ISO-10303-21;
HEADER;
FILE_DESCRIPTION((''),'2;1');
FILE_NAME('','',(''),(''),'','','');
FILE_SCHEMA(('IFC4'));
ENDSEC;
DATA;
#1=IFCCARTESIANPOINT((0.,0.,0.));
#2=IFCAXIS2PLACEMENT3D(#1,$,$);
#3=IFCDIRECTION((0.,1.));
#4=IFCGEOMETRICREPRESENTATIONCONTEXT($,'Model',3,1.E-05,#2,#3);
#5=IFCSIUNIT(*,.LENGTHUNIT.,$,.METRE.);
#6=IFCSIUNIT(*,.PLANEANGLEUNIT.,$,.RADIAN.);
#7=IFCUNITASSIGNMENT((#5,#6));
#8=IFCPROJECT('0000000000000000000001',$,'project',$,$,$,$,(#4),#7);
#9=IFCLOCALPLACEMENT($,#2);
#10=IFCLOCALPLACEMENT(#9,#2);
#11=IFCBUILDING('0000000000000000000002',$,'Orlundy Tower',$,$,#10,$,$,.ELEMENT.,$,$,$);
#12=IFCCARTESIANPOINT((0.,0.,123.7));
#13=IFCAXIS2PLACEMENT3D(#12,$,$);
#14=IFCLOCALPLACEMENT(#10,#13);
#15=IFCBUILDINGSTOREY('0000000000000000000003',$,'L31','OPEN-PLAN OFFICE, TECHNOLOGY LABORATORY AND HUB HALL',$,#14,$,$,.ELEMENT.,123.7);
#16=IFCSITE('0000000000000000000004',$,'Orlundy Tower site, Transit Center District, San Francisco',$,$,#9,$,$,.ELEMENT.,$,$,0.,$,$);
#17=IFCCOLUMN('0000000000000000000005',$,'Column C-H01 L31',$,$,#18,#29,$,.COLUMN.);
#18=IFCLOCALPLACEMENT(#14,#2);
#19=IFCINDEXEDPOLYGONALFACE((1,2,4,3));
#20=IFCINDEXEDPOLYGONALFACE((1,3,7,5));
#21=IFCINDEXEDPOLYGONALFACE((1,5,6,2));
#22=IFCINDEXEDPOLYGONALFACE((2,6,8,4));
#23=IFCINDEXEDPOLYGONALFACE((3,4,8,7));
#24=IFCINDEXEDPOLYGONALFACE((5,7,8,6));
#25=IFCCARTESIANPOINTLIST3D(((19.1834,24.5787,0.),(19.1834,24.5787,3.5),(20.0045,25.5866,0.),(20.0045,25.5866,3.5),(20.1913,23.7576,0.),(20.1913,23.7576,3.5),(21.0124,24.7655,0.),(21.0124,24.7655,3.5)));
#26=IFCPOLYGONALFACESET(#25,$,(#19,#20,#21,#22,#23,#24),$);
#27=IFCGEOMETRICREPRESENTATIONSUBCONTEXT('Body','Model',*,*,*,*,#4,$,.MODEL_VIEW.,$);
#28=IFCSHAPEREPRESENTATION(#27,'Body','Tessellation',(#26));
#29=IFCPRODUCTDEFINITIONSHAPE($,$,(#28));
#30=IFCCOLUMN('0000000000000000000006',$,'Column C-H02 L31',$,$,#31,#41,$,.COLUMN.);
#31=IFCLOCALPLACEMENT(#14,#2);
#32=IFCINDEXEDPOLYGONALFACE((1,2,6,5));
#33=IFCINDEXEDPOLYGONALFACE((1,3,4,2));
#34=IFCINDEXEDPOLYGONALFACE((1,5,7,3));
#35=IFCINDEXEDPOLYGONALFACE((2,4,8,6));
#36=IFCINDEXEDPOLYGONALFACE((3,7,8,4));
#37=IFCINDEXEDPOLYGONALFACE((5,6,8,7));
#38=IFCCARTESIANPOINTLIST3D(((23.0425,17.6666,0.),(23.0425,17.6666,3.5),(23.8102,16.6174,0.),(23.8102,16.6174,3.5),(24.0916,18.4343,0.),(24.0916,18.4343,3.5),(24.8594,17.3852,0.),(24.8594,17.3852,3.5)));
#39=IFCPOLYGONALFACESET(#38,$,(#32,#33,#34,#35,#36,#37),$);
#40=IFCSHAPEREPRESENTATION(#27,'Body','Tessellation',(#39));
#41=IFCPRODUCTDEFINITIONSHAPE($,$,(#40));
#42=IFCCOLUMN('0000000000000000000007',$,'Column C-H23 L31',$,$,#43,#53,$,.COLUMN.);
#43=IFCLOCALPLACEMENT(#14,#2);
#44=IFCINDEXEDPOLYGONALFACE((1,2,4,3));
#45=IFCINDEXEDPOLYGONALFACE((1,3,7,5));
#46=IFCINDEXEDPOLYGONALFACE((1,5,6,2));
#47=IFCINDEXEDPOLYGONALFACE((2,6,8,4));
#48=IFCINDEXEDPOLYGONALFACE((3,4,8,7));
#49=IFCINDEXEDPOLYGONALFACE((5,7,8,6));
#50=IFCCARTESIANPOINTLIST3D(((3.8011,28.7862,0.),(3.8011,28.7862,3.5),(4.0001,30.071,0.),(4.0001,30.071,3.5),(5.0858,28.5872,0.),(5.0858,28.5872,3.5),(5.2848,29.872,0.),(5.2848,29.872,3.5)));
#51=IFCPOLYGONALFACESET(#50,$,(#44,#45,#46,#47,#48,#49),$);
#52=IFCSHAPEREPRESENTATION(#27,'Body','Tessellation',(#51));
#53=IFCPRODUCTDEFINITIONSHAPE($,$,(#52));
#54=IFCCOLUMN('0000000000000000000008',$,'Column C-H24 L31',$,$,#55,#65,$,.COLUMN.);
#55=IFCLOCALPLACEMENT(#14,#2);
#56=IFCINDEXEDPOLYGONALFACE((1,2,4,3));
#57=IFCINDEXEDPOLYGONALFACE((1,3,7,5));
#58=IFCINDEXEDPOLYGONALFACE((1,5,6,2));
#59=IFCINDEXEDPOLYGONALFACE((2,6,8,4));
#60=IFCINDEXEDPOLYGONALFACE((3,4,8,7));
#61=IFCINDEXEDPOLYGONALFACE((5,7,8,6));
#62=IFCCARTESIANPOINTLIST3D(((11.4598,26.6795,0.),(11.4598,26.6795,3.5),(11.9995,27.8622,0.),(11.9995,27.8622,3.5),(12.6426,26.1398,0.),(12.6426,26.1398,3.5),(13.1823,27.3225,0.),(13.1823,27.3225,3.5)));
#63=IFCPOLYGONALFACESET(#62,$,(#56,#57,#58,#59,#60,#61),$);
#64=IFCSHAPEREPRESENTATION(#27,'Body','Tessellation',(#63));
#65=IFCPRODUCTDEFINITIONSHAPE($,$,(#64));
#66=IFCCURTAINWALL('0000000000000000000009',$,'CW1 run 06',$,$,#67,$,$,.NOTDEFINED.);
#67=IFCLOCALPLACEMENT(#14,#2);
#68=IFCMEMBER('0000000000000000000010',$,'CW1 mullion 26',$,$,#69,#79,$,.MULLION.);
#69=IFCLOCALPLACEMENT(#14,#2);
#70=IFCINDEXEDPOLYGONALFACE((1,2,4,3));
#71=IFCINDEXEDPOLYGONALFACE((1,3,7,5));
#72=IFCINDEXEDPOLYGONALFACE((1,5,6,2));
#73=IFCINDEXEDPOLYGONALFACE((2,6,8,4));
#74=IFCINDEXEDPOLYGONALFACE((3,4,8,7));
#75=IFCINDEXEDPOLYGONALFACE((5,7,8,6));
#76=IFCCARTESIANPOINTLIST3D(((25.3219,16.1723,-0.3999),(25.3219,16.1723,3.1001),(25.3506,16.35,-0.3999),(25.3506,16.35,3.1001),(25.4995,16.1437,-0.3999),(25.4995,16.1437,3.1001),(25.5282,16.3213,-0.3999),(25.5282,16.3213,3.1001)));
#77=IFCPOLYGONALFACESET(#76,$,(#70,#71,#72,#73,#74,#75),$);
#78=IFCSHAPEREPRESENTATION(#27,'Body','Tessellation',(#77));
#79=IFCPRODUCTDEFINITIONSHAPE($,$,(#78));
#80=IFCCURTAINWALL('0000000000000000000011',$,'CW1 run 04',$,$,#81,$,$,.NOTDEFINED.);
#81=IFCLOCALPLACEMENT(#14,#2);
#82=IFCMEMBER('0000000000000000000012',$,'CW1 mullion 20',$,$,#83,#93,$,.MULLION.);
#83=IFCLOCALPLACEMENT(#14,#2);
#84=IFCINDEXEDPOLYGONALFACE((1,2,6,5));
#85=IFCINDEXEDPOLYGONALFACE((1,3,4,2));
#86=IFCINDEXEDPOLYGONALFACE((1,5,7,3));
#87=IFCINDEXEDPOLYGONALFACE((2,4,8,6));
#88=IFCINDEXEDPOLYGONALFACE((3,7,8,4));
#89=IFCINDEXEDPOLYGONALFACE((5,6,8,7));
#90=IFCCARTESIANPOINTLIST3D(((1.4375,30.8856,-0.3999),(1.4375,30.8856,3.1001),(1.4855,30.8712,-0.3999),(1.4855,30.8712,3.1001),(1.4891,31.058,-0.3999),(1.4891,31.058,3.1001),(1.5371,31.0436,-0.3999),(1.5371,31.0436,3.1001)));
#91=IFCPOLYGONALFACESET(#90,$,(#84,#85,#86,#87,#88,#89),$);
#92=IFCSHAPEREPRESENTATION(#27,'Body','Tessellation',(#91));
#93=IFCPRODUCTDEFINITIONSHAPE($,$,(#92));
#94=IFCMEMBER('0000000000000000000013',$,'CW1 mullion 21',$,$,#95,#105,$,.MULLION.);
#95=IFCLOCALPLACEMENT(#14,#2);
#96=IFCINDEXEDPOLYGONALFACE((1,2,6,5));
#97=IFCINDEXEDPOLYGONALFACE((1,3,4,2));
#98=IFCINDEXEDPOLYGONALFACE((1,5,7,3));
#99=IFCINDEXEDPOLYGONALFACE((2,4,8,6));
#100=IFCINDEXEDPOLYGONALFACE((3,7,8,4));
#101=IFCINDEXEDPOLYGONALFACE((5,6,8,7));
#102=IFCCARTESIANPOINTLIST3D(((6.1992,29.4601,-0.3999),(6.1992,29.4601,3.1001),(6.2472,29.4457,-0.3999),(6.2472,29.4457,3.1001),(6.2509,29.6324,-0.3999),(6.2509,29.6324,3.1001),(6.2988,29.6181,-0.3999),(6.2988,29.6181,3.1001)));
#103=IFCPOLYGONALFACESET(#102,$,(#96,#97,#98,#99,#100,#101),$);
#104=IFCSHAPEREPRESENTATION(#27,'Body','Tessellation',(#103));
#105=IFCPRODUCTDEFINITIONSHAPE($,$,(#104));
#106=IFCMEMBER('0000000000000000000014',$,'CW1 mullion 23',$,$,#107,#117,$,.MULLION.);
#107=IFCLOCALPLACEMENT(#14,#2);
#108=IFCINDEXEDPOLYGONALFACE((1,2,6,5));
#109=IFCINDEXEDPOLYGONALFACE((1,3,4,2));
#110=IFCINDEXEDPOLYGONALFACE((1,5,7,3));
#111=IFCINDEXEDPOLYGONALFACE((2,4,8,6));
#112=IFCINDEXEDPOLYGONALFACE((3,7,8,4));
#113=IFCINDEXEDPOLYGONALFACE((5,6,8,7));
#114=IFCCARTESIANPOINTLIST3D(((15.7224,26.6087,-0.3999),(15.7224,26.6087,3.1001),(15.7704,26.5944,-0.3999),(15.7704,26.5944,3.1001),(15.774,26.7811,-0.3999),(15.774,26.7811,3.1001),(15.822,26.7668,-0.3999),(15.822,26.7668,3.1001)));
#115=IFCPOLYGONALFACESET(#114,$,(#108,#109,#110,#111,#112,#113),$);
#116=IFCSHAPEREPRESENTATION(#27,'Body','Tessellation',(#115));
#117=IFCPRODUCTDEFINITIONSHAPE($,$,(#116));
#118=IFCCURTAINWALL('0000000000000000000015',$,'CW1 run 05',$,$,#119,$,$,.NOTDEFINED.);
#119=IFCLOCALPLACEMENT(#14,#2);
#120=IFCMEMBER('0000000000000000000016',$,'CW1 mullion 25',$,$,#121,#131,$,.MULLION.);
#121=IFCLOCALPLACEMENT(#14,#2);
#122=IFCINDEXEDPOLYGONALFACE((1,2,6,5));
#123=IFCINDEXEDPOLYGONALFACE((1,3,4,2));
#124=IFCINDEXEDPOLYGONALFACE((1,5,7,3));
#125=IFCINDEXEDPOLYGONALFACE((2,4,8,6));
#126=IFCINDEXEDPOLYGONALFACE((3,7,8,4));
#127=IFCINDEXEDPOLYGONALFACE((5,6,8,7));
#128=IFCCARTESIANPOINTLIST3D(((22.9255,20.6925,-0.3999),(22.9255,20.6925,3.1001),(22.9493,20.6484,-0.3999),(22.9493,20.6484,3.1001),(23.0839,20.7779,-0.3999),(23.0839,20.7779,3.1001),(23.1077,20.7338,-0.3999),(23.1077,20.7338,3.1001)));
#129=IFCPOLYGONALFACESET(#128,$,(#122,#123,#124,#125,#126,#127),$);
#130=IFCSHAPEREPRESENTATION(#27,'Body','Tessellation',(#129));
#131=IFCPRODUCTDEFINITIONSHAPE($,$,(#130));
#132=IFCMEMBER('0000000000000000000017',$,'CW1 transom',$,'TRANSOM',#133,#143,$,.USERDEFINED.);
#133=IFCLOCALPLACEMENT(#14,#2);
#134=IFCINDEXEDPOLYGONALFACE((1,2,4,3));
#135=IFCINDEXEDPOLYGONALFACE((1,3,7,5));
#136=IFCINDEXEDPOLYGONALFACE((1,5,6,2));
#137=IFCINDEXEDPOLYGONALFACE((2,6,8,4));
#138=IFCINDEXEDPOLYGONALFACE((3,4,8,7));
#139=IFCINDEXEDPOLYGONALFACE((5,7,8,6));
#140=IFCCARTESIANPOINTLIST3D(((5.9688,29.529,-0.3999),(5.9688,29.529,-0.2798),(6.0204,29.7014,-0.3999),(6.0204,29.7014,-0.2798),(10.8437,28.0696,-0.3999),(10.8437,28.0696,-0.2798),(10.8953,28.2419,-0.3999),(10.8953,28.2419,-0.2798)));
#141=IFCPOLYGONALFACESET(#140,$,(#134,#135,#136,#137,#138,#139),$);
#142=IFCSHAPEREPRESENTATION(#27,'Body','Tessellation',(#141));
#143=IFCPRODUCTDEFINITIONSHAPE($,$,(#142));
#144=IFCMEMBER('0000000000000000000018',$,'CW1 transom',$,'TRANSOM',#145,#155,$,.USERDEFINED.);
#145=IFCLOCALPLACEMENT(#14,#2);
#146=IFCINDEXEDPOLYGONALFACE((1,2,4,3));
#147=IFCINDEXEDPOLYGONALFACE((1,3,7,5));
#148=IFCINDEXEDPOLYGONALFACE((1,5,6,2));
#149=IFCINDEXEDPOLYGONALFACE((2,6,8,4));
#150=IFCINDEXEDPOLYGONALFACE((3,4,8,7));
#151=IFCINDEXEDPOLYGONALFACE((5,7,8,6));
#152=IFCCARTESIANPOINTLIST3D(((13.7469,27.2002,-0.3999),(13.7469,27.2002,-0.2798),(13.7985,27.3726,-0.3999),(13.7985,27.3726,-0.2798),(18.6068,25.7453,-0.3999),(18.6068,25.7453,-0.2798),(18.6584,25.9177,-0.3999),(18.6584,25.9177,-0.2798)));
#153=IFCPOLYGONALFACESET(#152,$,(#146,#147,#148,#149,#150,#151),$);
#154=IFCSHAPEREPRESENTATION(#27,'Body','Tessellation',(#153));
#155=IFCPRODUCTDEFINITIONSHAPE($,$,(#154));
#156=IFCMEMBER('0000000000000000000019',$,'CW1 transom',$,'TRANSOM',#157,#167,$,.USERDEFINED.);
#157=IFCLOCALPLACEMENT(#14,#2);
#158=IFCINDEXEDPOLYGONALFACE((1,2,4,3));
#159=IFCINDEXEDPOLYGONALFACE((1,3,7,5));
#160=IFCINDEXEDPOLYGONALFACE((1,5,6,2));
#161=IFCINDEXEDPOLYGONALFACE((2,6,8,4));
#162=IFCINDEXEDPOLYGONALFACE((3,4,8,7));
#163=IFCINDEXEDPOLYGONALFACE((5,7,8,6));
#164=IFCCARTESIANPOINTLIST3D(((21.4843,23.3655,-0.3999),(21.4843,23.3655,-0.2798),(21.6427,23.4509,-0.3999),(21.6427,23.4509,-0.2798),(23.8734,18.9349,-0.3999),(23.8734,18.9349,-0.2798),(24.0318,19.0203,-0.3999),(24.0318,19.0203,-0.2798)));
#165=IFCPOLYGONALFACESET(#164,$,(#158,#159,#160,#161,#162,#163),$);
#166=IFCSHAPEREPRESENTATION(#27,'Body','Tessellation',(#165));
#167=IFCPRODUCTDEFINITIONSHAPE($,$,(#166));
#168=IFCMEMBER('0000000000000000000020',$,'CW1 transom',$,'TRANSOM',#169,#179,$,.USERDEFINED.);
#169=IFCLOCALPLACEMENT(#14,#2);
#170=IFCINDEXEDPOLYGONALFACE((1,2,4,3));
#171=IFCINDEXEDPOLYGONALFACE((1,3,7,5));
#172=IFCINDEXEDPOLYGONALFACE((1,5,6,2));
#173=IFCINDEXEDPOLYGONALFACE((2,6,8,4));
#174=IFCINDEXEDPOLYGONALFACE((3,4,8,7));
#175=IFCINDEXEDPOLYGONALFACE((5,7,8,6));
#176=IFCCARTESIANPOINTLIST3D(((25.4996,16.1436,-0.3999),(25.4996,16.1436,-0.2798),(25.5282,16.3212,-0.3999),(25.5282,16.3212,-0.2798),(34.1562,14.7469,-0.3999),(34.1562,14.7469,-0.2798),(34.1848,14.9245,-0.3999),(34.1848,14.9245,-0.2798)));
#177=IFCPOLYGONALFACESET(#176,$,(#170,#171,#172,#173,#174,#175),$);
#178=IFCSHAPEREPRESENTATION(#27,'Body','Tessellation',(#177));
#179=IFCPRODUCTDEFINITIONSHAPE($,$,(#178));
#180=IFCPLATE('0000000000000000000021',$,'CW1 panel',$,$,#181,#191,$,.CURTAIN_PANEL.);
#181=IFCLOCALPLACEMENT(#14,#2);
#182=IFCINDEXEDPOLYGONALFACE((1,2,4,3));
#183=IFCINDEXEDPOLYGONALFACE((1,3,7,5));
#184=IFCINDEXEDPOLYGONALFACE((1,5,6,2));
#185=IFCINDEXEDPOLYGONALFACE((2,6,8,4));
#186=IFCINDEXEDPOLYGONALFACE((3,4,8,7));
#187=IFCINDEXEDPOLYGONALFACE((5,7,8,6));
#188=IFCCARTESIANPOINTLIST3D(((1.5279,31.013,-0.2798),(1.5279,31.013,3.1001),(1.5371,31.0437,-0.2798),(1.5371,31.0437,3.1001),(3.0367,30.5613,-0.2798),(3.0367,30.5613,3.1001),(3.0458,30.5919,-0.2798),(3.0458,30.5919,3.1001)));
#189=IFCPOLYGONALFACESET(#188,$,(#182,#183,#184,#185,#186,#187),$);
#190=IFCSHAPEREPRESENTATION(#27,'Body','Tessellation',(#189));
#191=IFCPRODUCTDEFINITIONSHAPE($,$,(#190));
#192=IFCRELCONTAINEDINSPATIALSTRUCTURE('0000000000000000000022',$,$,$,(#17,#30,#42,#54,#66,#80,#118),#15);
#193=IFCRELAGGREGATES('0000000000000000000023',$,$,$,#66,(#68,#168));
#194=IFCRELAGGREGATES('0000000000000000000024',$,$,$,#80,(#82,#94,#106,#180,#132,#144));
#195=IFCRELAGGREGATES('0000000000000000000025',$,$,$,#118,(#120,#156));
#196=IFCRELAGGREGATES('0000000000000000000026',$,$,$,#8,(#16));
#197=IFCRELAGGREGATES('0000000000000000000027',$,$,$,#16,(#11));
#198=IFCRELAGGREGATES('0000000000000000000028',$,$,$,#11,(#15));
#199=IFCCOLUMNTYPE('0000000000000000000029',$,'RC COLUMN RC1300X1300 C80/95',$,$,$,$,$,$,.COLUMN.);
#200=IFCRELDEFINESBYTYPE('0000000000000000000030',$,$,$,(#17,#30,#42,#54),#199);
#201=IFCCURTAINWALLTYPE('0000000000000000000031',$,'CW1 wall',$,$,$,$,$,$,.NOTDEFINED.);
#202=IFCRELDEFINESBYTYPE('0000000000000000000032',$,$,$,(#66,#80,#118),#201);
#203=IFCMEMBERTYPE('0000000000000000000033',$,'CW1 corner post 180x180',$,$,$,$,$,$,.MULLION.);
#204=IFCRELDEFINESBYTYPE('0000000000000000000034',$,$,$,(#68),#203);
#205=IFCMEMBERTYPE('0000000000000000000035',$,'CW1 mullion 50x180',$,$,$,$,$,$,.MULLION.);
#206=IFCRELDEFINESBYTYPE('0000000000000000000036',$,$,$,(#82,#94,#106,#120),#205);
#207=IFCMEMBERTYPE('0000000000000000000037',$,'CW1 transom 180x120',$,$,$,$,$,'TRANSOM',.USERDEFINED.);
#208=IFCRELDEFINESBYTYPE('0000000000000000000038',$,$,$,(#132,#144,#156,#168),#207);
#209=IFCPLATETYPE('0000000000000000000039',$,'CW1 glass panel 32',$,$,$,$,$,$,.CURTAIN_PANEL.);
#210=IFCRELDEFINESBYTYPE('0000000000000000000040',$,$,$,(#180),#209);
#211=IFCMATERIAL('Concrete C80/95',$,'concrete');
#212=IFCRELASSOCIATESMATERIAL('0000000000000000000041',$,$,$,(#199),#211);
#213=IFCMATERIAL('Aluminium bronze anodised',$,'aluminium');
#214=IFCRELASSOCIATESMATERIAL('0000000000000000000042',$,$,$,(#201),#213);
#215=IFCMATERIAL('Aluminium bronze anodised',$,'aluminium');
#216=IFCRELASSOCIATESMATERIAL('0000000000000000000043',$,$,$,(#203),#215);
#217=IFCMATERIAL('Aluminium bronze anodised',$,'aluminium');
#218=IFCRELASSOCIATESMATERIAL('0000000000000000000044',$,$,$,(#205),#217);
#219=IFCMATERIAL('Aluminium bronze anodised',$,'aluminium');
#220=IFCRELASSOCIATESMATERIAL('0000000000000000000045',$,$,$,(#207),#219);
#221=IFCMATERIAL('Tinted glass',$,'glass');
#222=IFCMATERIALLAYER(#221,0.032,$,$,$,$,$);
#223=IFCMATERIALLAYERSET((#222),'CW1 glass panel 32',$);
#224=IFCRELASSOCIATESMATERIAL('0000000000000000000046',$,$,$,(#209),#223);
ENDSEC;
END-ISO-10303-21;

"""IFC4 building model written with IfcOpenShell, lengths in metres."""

from ifc_helpers import new_model, si_unit, direction, frame, origin, origin_2d, place, context, subcontext, project, spatial, rectangle, extrude, material, layer, layer_set, material_profile, profile_set, type_object, element, aggregate, save


model = new_model("IFC4")

# Units and contexts
model_context = context("Model", 3, precision=1e-05, world=origin(), true_north=direction((0.0, 1.0)))
body_context = subcontext(model_context, "Body", "Model", "MODEL_VIEW")
ifc_project = project(units=[si_unit("LENGTHUNIT", "METRE"), si_unit("PLANEANGLEUNIT", "RADIAN")], contexts=[model_context])

# Site, building, storey
site_placement = place(None, origin())
site = spatial("IfcSite", under=ifc_project, at=site_placement, Name="Orlundy Tower site, Transit Center District, San Francisco", CompositionType="ELEMENT", RefElevation=0.0)
building_placement = place(site_placement, origin())
building = spatial("IfcBuilding", under=site, at=building_placement, Name="Orlundy Tower", CompositionType="ELEMENT")
storey_placement = place(building_placement, frame((0.0, 0.0, 123.7)))
storey = spatial("IfcBuildingStorey", under=building, at=storey_placement, Name="L31", Description="OPEN-PLAN OFFICE, TECHNOLOGY LABORATORY AND HUB HALL", CompositionType="ELEMENT", Elevation=123.7)

# Columns
ifc_material_1 = material(Name="Concrete C80/95", Category="concrete")
ifc_material_profile_1 = material_profile(ifc_material_1, rectangle(XDim=1.3, YDim=1.3, at=origin_2d()), Name="RC1300X1300")
ifc_profile_set_1 = profile_set([ifc_material_profile_1], Name="Concrete C80/95")
column_type = type_object("IfcColumnType", Name="RC COLUMN RC1300X1300 C80/95", PredefinedType="COLUMN", material=ifc_profile_set_1)
for number, where, z_axis, x_axis, name in (
    (1, (20.0979, 24.6721, 0.0), (0.0, 0.0, 1.0), (0.631583, 0.775308, 0.0), "Column C-H01 L31"),
    (2, (23.9509, 17.5259, 0.0), (0.0, 0.0, 1.0), (0.807012, 0.590535, 0.0), "Column C-H02 L31"),
    (3, (4.543, 29.3291, 0.0), (0.0, 0.0, 1.0), (0.153072, 0.988215, 0.0), "Column C-H23 L31"),
    (4, (12.321, 27.001, 0.0), (0.0, 0.0, 1.0), (0.415138, 0.909759, 0.0), "Column C-H24 L31"),
):
    element("IfcColumn", number, at=place(storey_placement, frame(where, z_axis=z_axis, x_axis=x_axis)), inside=storey, type_object=column_type, Name=name, PredefinedType="COLUMN", context=body_context, shape_type="SweptSolid", body=[
        extrude(rectangle(XDim=1.3, YDim=1.3, at=origin_2d()), origin(), (0.0, 0.0, 1.0), 3.5),
    ])

# Curtain wall, member
ifc_material_2 = material(Name="Aluminium bronze anodised", Category="aluminium")
curtain_wall_type = type_object("IfcCurtainWallType", Name="CW1 wall", PredefinedType="NOTDEFINED", material=ifc_material_2)
curtain_wall_1_placement = place(storey_placement, origin())
curtain_wall_1 = element("IfcCurtainWall", 5, at=curtain_wall_1_placement, inside=storey, type_object=curtain_wall_type, Name="CW1 run 06", PredefinedType="NOTDEFINED")
ifc_material_3 = material(Name="Aluminium bronze anodised", Category="aluminium")
ifc_material_profile_2 = material_profile(ifc_material_3, rectangle(XDim=0.1799, YDim=0.1799, at=origin_2d()), Name="CW1 corner post 180x180")
ifc_profile_set_2 = profile_set([ifc_material_profile_2], Name="Aluminium bronze anodised")
member_type_1 = type_object("IfcMemberType", Name="CW1 corner post 180x180", PredefinedType="MULLION", material=ifc_profile_set_2)
member_1_placement = place(storey_placement, frame((25.425, 16.2468, -0.3999), z_axis=(0.0, 0.0, 1.0), x_axis=(0.159302, 0.98723, 0.0)))
member_1 = element("IfcMember", 6, at=member_1_placement, type_object=member_type_1, Name="CW1 mullion 26", PredefinedType="MULLION", context=body_context, shape_type="SweptSolid", body=[
    extrude(rectangle(XDim=0.1799, YDim=0.1799, at=origin_2d()), origin(), (0.0, 0.0, 1.0), 3.5),
])

# Curtain wall, members
curtain_wall_2_placement = place(storey_placement, origin())
curtain_wall_2 = element("IfcCurtainWall", 7, at=curtain_wall_2_placement, inside=storey, type_object=curtain_wall_type, Name="CW1 run 04", PredefinedType="NOTDEFINED")
ifc_material_4 = material(Name="Aluminium bronze anodised", Category="aluminium")
ifc_material_profile_3 = material_profile(ifc_material_4, rectangle(XDim=0.1799, YDim=0.05, at=origin_2d()), Name="CW1 mullion 50x180")
ifc_profile_set_3 = profile_set([ifc_material_profile_3], Name="Aluminium bronze anodised")
member_type_2 = type_object("IfcMemberType", Name="CW1 mullion 50x180", PredefinedType="MULLION", material=ifc_profile_set_3)
member_2_placement = place(storey_placement, frame((1.4873, 30.9646, -0.3999), z_axis=(0.0, 0.0, 1.0), x_axis=(0.286816, 0.957986, 0.0)))
member_2 = element("IfcMember", 8, at=member_2_placement, type_object=member_type_2, Name="CW1 mullion 20", PredefinedType="MULLION", context=body_context, shape_type="SweptSolid", body=[
    extrude(rectangle(XDim=0.1799, YDim=0.05, at=origin_2d()), origin(), (0.0, 0.0, 1.0), 3.5),
])
member_3_placement = place(storey_placement, frame((6.249, 29.5391, -0.3999), z_axis=(0.0, 0.0, 1.0), x_axis=(0.286816, 0.957986, 0.0)))
member_3 = element("IfcMember", 9, at=member_3_placement, type_object=member_type_2, Name="CW1 mullion 21", PredefinedType="MULLION", context=body_context, shape_type="SweptSolid", body=[
    extrude(rectangle(XDim=0.1799, YDim=0.05, at=origin_2d()), origin(), (0.0, 0.0, 1.0), 3.5),
])
member_4_placement = place(storey_placement, frame((15.7722, 26.6877, -0.3999), z_axis=(0.0, 0.0, 1.0), x_axis=(0.286816, 0.957986, 0.0)))
member_4 = element("IfcMember", 10, at=member_4_placement, type_object=member_type_2, Name="CW1 mullion 23", PredefinedType="MULLION", context=body_context, shape_type="SweptSolid", body=[
    extrude(rectangle(XDim=0.1799, YDim=0.05, at=origin_2d()), origin(), (0.0, 0.0, 1.0), 3.5),
])

# Curtain wall, member
curtain_wall_3_placement = place(storey_placement, origin())
curtain_wall_3 = element("IfcCurtainWall", 11, at=curtain_wall_3_placement, inside=storey, type_object=curtain_wall_type, Name="CW1 run 05", PredefinedType="NOTDEFINED")
member_5_placement = place(storey_placement, frame((23.0166, 20.7131, -0.3999), z_axis=(0.0, 0.0, 1.0), x_axis=(0.880189, 0.474624, 0.0)))
member_5 = element("IfcMember", 12, at=member_5_placement, type_object=member_type_2, Name="CW1 mullion 25", PredefinedType="MULLION", context=body_context, shape_type="SweptSolid", body=[
    extrude(rectangle(XDim=0.1799, YDim=0.05, at=origin_2d()), origin(), (0.0, 0.0, 1.0), 3.5),
])

# Members
ifc_material_5 = material(Name="Aluminium bronze anodised", Category="aluminium")
ifc_material_profile_4 = material_profile(ifc_material_5, rectangle(XDim=0.1799, YDim=0.1201, at=origin_2d()), Name="CW1 transom 180x120")
ifc_profile_set_4 = profile_set([ifc_material_profile_4], Name="Aluminium bronze anodised")
member_type_3 = type_object("IfcMemberType", Name="CW1 transom 180x120", ElementType="TRANSOM", PredefinedType="USERDEFINED", material=ifc_profile_set_4)
member_6_placement = place(storey_placement, frame((5.9946, 29.6152, -0.3398), z_axis=(0.957986, -0.286815, 0.0), x_axis=(0.286815, 0.957986, 0.0)))
member_6 = element("IfcMember", 13, at=member_6_placement, type_object=member_type_3, Name="CW1 transom", ObjectType="TRANSOM", PredefinedType="USERDEFINED", context=body_context, shape_type="SweptSolid", body=[
    extrude(rectangle(XDim=0.1799, YDim=0.1201, at=origin_2d()), origin(), (0.0, 0.0, 1.0), 5.0886),
])
member_7_placement = place(storey_placement, frame((13.7727, 27.2864, -0.3398), z_axis=(0.957996, -0.286783, 0.0), x_axis=(0.286783, 0.957996, 0.0)))
member_7 = element("IfcMember", 14, at=member_7_placement, type_object=member_type_3, Name="CW1 transom", ObjectType="TRANSOM", PredefinedType="USERDEFINED", context=body_context, shape_type="SweptSolid", body=[
    extrude(rectangle(XDim=0.1799, YDim=0.1201, at=origin_2d()), origin(), (0.0, 0.0, 1.0), 5.073),
])
member_8_placement = place(storey_placement, frame((21.5635, 23.4082, -0.3398), z_axis=(0.474626, -0.880188, 0.0), x_axis=(0.880188, 0.474626, 0.0)))
member_8 = element("IfcMember", 15, at=member_8_placement, type_object=member_type_3, Name="CW1 transom", ObjectType="TRANSOM", PredefinedType="USERDEFINED", context=body_context, shape_type="SweptSolid", body=[
    extrude(rectangle(XDim=0.1799, YDim=0.1201, at=origin_2d()), origin(), (0.0, 0.0, 1.0), 5.0337),
])
member_9_placement = place(storey_placement, frame((25.5139, 16.2324, -0.3398), z_axis=(0.987232, -0.15929, 0.0), x_axis=(0.15929, 0.987232, 0.0)))
member_9 = element("IfcMember", 16, at=member_9_placement, type_object=member_type_3, Name="CW1 transom", ObjectType="TRANSOM", PredefinedType="USERDEFINED", context=body_context, shape_type="SweptSolid", body=[
    extrude(rectangle(XDim=0.1799, YDim=0.1201, at=origin_2d()), origin(), (0.0, 0.0, 1.0), 8.7686),
])
aggregate(curtain_wall_1, [member_1, member_9])

# Plate
ifc_material_6 = material(Name="Tinted glass", Category="glass")
ifc_layer_1 = layer(ifc_material_6, 0.032)
ifc_layer_set_1 = layer_set([ifc_layer_1], Name="CW1 glass panel 32")
plate_type = type_object("IfcPlateType", Name="CW1 glass panel 32", PredefinedType="CURTAIN_PANEL", material=ifc_layer_set_1)
plate_1_placement = place(storey_placement, frame((2.2869, 30.8025, -0.2798), z_axis=(0.0, 0.0, 1.0), x_axis=(0.957986, -0.286816, 0.0)))
plate_1 = element("IfcPlate", 17, at=plate_1_placement, type_object=plate_type, Name="CW1 panel", PredefinedType="CURTAIN_PANEL", context=body_context, shape_type="SweptSolid", body=[
    extrude(rectangle(XDim=1.575, YDim=0.032, at=origin_2d()), origin(), (0.0, 0.0, 1.0), 3.3799),
])
aggregate(curtain_wall_2, [member_2, member_3, member_4, plate_1, member_6, member_7])
aggregate(curtain_wall_3, [member_5, member_8])

save(model, "model.ifc")
